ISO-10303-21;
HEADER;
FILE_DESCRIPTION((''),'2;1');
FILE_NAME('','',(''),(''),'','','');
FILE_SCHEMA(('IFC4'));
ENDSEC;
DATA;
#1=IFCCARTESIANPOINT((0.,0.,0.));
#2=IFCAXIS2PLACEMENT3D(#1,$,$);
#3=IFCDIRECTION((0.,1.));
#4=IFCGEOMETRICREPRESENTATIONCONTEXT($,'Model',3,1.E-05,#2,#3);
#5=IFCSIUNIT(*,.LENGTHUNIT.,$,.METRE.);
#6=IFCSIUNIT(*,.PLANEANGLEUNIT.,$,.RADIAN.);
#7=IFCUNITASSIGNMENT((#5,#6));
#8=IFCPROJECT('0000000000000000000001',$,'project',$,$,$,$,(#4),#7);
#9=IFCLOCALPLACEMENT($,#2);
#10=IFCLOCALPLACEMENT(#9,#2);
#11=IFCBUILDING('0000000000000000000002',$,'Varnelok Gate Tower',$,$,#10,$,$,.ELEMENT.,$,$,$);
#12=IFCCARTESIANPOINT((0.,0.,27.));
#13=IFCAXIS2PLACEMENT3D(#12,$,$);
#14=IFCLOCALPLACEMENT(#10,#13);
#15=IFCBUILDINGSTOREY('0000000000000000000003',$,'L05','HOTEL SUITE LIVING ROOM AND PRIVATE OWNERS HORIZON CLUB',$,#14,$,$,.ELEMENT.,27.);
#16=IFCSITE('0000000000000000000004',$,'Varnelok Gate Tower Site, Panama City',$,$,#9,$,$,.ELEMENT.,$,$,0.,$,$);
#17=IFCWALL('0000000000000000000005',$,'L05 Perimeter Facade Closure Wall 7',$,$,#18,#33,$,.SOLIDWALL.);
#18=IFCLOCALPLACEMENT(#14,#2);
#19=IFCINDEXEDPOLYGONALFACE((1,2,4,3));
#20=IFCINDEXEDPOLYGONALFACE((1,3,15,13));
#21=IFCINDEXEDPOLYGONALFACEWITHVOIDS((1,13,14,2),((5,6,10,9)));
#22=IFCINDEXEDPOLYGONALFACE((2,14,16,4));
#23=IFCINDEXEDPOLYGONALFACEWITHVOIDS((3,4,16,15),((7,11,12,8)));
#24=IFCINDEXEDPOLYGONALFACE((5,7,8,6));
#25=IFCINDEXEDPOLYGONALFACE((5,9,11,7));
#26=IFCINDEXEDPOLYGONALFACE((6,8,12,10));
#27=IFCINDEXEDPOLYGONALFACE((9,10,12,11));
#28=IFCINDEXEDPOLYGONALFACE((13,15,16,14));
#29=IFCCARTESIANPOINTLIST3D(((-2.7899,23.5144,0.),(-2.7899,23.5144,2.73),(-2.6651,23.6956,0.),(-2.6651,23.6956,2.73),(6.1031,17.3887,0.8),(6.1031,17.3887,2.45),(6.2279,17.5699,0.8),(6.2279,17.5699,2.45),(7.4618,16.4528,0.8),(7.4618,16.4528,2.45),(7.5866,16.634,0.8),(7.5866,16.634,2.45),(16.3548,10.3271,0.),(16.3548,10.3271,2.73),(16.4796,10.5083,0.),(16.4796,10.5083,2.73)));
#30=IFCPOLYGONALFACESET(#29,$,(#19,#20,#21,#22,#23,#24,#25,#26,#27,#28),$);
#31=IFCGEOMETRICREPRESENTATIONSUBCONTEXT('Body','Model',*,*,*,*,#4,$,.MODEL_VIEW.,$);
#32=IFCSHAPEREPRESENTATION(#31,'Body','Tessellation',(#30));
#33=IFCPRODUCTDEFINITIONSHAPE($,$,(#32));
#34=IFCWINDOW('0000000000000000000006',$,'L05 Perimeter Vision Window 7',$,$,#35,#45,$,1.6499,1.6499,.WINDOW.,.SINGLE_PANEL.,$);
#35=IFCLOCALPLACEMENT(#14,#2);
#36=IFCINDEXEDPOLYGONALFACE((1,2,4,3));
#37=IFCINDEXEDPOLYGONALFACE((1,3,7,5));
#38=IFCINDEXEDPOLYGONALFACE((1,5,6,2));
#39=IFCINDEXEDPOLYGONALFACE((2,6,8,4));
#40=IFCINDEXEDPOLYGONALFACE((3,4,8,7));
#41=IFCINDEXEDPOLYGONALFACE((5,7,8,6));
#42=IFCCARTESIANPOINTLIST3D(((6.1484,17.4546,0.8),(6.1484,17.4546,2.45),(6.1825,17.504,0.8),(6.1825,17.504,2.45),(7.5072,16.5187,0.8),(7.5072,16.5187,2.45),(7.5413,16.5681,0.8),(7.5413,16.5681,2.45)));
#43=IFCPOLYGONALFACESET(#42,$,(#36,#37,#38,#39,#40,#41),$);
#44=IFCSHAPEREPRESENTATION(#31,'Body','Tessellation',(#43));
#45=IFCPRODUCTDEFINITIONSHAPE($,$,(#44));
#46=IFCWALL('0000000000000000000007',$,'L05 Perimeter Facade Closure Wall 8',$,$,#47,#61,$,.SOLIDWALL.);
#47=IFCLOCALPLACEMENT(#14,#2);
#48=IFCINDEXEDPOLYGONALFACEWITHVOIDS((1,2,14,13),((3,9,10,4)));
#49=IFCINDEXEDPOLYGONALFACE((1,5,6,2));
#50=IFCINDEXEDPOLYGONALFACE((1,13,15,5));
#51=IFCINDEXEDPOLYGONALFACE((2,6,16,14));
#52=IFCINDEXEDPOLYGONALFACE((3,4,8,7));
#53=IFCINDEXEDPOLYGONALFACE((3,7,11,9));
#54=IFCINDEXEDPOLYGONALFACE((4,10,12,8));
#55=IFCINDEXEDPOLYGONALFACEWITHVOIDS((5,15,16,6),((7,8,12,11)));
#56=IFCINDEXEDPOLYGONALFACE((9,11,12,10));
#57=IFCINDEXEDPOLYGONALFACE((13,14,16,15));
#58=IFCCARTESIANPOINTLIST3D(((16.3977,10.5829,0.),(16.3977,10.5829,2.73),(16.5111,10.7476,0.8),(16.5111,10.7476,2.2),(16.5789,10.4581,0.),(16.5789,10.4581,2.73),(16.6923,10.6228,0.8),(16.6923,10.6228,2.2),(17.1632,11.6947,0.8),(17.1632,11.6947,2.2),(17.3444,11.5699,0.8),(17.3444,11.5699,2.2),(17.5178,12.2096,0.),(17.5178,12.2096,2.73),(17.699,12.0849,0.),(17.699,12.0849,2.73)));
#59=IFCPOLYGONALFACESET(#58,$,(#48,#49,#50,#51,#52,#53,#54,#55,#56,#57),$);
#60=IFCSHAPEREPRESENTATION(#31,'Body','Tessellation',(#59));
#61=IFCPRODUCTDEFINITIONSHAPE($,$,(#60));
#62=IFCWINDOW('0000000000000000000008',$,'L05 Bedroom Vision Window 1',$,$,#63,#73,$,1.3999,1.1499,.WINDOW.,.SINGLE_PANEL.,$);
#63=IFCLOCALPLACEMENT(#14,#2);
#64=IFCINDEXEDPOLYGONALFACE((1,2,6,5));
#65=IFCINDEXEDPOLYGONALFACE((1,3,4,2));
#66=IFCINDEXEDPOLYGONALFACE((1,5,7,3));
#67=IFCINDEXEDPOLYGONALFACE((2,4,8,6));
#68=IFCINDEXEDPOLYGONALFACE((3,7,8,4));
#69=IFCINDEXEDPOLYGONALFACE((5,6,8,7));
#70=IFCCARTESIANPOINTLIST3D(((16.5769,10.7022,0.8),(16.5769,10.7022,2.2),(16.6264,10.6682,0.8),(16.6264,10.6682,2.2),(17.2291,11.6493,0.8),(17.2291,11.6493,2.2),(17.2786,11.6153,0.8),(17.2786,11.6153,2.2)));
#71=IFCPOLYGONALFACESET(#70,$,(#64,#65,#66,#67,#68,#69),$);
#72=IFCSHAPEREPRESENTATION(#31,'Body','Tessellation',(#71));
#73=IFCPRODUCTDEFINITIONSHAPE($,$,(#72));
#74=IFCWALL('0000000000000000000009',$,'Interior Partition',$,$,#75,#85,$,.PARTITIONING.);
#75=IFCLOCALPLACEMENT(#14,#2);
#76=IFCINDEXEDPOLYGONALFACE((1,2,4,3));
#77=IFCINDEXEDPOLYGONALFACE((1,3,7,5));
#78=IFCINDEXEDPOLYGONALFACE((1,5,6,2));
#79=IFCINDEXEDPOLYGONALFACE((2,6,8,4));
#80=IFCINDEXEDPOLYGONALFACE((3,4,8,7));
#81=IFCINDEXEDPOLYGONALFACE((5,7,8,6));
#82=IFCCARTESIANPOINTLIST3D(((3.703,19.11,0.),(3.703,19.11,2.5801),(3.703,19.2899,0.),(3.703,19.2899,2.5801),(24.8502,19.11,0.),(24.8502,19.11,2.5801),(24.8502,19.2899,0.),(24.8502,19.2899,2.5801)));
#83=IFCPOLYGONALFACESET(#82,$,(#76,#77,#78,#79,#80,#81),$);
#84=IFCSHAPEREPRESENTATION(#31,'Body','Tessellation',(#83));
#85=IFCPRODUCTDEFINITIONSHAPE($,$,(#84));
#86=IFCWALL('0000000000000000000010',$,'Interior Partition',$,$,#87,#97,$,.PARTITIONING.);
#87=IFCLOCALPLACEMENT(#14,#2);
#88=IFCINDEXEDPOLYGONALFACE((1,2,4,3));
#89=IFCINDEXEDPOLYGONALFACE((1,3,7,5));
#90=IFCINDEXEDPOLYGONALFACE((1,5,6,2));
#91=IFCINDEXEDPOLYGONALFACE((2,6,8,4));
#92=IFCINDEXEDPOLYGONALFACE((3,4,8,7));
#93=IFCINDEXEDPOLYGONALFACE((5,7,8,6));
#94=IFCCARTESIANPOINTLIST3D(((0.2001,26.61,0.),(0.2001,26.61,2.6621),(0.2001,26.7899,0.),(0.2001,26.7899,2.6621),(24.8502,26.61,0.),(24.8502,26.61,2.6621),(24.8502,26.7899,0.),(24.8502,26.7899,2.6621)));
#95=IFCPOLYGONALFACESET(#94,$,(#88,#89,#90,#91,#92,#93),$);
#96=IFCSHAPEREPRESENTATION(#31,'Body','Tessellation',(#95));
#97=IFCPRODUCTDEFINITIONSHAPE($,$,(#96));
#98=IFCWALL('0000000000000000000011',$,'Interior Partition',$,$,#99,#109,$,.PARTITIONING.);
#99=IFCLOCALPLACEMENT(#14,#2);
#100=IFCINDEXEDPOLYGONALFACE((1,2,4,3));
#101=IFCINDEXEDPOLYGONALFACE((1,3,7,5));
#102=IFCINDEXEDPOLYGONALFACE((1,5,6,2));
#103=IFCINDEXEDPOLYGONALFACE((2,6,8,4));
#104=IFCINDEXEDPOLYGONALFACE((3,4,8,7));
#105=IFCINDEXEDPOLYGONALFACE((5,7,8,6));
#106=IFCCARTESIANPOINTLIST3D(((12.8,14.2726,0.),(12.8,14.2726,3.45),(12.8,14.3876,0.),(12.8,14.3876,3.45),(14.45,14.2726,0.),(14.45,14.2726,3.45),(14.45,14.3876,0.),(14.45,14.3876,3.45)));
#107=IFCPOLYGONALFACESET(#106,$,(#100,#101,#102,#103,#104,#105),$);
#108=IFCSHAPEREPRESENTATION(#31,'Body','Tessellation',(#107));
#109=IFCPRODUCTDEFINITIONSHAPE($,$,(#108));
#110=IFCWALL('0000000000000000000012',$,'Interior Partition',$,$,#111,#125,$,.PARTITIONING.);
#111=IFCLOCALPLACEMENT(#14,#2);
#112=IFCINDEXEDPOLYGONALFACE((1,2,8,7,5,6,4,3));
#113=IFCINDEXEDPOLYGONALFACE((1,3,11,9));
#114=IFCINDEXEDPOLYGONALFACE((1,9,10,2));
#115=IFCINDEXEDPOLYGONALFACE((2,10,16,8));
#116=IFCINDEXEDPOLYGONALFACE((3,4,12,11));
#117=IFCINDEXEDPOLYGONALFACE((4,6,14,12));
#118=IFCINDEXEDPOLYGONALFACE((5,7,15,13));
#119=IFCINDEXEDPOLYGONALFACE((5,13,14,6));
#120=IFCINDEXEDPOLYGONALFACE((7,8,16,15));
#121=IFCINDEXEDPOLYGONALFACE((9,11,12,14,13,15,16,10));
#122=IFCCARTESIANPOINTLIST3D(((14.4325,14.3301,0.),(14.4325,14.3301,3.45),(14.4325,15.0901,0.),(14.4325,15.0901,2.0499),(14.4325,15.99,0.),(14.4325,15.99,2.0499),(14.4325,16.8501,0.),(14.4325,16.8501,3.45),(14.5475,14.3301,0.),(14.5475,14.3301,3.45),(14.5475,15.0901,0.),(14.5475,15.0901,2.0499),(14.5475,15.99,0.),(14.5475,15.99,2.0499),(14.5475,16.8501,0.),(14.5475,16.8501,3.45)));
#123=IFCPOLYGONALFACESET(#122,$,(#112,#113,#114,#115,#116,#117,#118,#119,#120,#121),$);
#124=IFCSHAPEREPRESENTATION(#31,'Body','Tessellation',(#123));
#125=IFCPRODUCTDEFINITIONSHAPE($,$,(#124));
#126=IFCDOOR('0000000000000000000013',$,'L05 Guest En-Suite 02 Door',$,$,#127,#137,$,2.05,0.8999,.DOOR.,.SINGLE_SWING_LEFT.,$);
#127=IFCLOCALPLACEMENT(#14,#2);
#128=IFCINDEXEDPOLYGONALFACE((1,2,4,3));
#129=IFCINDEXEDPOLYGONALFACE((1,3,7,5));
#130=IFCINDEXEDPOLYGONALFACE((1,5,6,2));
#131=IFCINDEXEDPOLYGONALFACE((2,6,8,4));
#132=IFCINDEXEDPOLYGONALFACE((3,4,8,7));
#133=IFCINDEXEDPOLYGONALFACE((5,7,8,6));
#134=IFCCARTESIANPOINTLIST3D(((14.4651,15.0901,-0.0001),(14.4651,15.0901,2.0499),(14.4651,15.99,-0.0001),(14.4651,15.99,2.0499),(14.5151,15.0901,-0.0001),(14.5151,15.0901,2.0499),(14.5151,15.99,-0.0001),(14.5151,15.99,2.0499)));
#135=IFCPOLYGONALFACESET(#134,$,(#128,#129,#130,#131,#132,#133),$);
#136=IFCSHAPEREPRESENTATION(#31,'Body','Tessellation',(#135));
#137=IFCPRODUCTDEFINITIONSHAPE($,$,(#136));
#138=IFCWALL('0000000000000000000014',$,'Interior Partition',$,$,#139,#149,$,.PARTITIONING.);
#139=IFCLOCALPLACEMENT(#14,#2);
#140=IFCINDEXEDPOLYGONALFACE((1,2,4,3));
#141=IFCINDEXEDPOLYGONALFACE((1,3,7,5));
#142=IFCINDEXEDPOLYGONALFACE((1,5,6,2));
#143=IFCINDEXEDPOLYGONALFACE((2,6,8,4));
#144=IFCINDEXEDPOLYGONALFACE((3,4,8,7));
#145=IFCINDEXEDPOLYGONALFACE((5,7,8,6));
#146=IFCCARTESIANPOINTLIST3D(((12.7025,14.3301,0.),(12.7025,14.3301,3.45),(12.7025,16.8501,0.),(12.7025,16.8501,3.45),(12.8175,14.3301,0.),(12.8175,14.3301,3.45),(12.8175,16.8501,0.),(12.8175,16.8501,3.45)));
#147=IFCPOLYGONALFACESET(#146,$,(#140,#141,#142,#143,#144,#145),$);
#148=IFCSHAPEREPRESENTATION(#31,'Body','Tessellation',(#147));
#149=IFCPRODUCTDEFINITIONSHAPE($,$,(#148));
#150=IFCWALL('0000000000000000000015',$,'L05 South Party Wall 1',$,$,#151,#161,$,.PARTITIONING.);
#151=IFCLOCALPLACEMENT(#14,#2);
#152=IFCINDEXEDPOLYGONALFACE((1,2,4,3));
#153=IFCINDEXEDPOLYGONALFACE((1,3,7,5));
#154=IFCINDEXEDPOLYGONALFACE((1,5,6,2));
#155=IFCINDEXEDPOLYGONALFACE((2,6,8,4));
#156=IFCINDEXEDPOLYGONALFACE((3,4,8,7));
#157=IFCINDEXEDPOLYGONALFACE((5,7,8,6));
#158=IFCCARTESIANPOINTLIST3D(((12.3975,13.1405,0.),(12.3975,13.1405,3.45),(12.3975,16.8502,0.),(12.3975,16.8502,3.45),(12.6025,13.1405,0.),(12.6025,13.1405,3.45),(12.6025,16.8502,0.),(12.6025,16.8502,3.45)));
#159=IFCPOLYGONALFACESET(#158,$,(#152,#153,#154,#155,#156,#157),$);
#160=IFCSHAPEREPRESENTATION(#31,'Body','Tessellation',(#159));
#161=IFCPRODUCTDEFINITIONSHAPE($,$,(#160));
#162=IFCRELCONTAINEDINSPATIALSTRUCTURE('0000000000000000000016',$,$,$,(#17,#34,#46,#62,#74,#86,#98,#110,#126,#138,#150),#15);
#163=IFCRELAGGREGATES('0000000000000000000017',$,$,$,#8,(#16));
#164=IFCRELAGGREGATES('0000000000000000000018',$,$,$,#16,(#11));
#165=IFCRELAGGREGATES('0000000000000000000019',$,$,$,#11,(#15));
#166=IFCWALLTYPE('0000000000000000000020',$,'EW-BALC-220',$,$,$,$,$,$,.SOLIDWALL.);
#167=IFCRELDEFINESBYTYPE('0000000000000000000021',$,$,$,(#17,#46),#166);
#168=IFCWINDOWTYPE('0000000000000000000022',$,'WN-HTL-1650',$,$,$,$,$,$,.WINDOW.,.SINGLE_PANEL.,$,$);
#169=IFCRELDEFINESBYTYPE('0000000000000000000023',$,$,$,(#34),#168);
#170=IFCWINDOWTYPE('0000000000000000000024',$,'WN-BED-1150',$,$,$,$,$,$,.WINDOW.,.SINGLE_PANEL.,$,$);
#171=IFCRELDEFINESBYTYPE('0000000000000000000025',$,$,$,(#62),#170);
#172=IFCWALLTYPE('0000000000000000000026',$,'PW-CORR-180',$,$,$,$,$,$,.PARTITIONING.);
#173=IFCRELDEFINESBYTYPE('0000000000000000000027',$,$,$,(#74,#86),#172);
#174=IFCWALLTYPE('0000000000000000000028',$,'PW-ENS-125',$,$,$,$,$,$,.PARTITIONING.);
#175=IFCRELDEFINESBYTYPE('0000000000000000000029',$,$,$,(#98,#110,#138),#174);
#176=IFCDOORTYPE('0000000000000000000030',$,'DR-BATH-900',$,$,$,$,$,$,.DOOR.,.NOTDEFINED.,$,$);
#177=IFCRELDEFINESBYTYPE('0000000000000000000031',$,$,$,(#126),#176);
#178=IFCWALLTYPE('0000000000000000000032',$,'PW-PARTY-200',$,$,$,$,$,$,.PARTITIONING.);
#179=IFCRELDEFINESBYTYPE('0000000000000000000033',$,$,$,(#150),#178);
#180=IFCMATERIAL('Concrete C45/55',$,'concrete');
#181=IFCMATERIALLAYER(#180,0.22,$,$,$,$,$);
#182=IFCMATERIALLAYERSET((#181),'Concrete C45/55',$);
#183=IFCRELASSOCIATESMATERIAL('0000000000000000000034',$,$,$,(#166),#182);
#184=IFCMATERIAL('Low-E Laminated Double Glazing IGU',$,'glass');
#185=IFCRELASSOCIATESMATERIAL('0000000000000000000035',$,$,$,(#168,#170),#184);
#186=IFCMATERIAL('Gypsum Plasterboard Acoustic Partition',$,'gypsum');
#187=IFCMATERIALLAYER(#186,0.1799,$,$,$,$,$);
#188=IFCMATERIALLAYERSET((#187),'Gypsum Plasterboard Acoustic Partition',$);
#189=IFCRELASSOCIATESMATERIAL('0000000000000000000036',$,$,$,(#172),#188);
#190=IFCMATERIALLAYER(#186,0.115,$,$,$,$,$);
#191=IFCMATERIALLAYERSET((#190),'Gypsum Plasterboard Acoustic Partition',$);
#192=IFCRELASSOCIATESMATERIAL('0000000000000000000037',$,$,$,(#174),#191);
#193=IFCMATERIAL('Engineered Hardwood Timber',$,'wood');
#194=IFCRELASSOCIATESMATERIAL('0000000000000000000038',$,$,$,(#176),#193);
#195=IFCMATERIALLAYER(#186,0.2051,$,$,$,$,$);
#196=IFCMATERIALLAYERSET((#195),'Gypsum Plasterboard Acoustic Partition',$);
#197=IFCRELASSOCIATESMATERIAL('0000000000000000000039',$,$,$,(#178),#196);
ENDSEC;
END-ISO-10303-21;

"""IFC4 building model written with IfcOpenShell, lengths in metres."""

from ifc_helpers import new_model, si_unit, direction, frame, frame_2d, origin, place, context, subcontext, project, spatial, rectangle, extrude, material, layer, layer_set, type_object, element, fill, save


model = new_model("IFC4")

# Units and contexts
model_context = context("Model", 3, precision=1e-05, world=origin(), true_north=direction((0.0, 1.0)))
body_context = subcontext(model_context, "Body", "Model", "MODEL_VIEW")
ifc_project = project(units=[si_unit("LENGTHUNIT", "METRE"), si_unit("PLANEANGLEUNIT", "RADIAN")], contexts=[model_context])

# Site, building, storey
site_placement = place(None, origin())
site = spatial("IfcSite", under=ifc_project, at=site_placement, Name="Varnelok Gate Tower Site, Panama City", CompositionType="ELEMENT", RefElevation=0.0)
building_placement = place(site_placement, origin())
building = spatial("IfcBuilding", under=site, at=building_placement, Name="Varnelok Gate Tower", CompositionType="ELEMENT")
storey_placement = place(building_placement, frame((0.0, 0.0, 27.0)))
storey = spatial("IfcBuildingStorey", under=building, at=storey_placement, Name="L05", Description="HOTEL SUITE LIVING ROOM AND PRIVATE OWNERS HORIZON CLUB", CompositionType="ELEMENT", Elevation=27.0)

# Shared definitions
ifc_material_1 = material(Name="Concrete C45/55", Category="concrete")

# Shared definitions
ifc_layer_1 = layer(ifc_material_1, 0.22)
ifc_layer_set_1 = layer_set([ifc_layer_1], Name="Concrete C45/55")
wall_type_1 = type_object("IfcWallType", Name="EW-BALC-220", PredefinedType="SOLIDWALL", material=ifc_layer_set_1)

# Walls, openings, windows
wall_1_placement = place(storey_placement, frame((-2.7275, 23.605, 0.0), z_axis=(0.0, 0.0, 1.0), x_axis=(0.823535, -0.567265, 0.0)))
wall_1 = element("IfcWall", 1, at=wall_1_placement, inside=storey, type_object=wall_type_1, Name="L05 Perimeter Facade Closure Wall 7", PredefinedType="SOLIDWALL", context=body_context, shape_type="SweptSolid", body=[
    extrude(rectangle(XDim=23.2471, YDim=0.22, at=frame_2d((11.6235, 0.0))), origin(), (0.0, 0.0, 1.0), 2.73),
])
opening_1_placement = place(wall_1_placement, frame((10.7986, 0.0, 0.8)))
opening_1 = element("IfcOpeningElement", 2, at=opening_1_placement, cuts=wall_1, PredefinedType="OPENING", context=body_context, shape_type="SweptSolid", body=[
    extrude(rectangle(XDim=1.6499, YDim=1.6499, at=frame_2d((0.825, 0.825))), frame((0.0, 0.1199, 0.0), z_axis=(0.0, -1.0, 0.0), x_axis=(1.0, 0.0, 0.0)), (0.0, 0.0, 1.0), 0.24),
])
ifc_material_2 = material(Name="Low-E Laminated Double Glazing IGU", Category="glass")
window_type_1 = type_object("IfcWindowType", Name="WN-HTL-1650", PartitioningType="SINGLE_PANEL", PredefinedType="WINDOW", material=ifc_material_2)
window_1_placement = place(opening_1_placement, origin())
window_1 = element("IfcWindow", 3, at=window_1_placement, inside=storey, type_object=window_type_1, Name="L05 Perimeter Vision Window 7", OverallHeight=1.6499, OverallWidth=1.6499, PartitioningType="SINGLE_PANEL", PredefinedType="WINDOW", context=body_context, shape_type="SweptSolid", body=[
    extrude(rectangle(XDim=1.6499, YDim=1.6499, at=frame_2d((0.825, 0.825))), frame((0.0, 0.03, 0.0), z_axis=(0.0, -1.0, 0.0), x_axis=(1.0, 0.0, 0.0)), (0.0, 0.0, 1.0), 0.0601),
])
fill(opening_1, window_1)
wall_2_placement = place(storey_placement, frame((16.4883, 10.5205, 0.0), z_axis=(0.0, 0.0, 1.0), x_axis=(0.567132, 0.823627, 0.0)))
wall_2 = element("IfcWall", 4, at=wall_2_placement, inside=storey, type_object=wall_type_1, Name="L05 Perimeter Facade Closure Wall 8", PredefinedType="SOLIDWALL", context=body_context, shape_type="SweptSolid", body=[
    extrude(rectangle(XDim=1.9751, YDim=0.22, at=frame_2d((0.9875, 0.0))), origin(), (0.0, 0.0, 1.0), 2.73),
])
opening_2_placement = place(wall_2_placement, frame((0.2, 0.0, 0.8)))
opening_2 = element("IfcOpeningElement", 5, at=opening_2_placement, cuts=wall_2, PredefinedType="OPENING", context=body_context, shape_type="SweptSolid", body=[
    extrude(rectangle(XDim=1.1499, YDim=1.3999, at=frame_2d((0.575, 0.7))), frame((0.0, 0.1199, 0.0), z_axis=(0.0, -1.0, 0.0), x_axis=(1.0, 0.0, 0.0)), (0.0, 0.0, 1.0), 0.24),
])
window_type_2 = type_object("IfcWindowType", Name="WN-BED-1150", PartitioningType="SINGLE_PANEL", PredefinedType="WINDOW", material=ifc_material_2)
window_2_placement = place(opening_2_placement, origin())
window_2 = element("IfcWindow", 6, at=window_2_placement, inside=storey, type_object=window_type_2, Name="L05 Bedroom Vision Window 1", OverallHeight=1.3999, OverallWidth=1.1499, PartitioningType="SINGLE_PANEL", PredefinedType="WINDOW", context=body_context, shape_type="SweptSolid", body=[
    extrude(rectangle(XDim=1.1499, YDim=1.3999, at=frame_2d((0.575, 0.7))), frame((0.0, 0.03, 0.0), z_axis=(0.0, -1.0, 0.0), x_axis=(1.0, 0.0, 0.0)), (0.0, 0.0, 1.0), 0.0601),
])
fill(opening_2, window_2)

# Shared definitions
ifc_material_3 = material(Name="Gypsum Plasterboard Acoustic Partition", Category="gypsum")
ifc_layer_2 = layer(ifc_material_3, 0.1799)
ifc_layer_set_2 = layer_set([ifc_layer_2], Name="Gypsum Plasterboard Acoustic Partition")
wall_type_2 = type_object("IfcWallType", Name="PW-CORR-180", PredefinedType="PARTITIONING", material=ifc_layer_set_2)
ifc_material_4 = material(Name="Engineered Hardwood Timber", Category="wood")

# Walls
wall_3_placement = place(storey_placement, frame((3.7029, 19.2, 0.0), z_axis=(0.0, 0.0, 1.0), x_axis=(1.0, 0.0, 0.0)))
element("IfcWall", 7, at=wall_3_placement, inside=storey, type_object=wall_type_2, Name="Interior Partition", PredefinedType="PARTITIONING", context=body_context, shape_type="SweptSolid", body=[
    extrude(rectangle(XDim=21.1472, YDim=0.1799, at=frame_2d((10.5737, 0.0))), origin(), (0.0, 0.0, 1.0), 2.5801),
])
wall_4_placement = place(storey_placement, frame((0.2, 26.7, 0.0), z_axis=(0.0, 0.0, 1.0), x_axis=(1.0, 0.0, 0.0)))
element("IfcWall", 8, at=wall_4_placement, inside=storey, type_object=wall_type_2, Name="Interior Partition", PredefinedType="PARTITIONING", context=body_context, shape_type="SweptSolid", body=[
    extrude(rectangle(XDim=24.6501, YDim=0.1799, at=frame_2d((12.3252, 0.0))), origin(), (0.0, 0.0, 1.0), 2.6621),
])
ifc_layer_3 = layer(ifc_material_3, 0.115)
ifc_layer_set_3 = layer_set([ifc_layer_3], Name="Gypsum Plasterboard Acoustic Partition")
wall_type_3 = type_object("IfcWallType", Name="PW-ENS-125", PredefinedType="PARTITIONING", material=ifc_layer_set_3)
wall_5_placement = place(storey_placement, frame((12.8, 14.3301, 0.0), z_axis=(0.0, 0.0, 1.0), x_axis=(1.0, 0.0, 0.0)))
element("IfcWall", 9, at=wall_5_placement, inside=storey, type_object=wall_type_3, Name="Interior Partition", PredefinedType="PARTITIONING", context=body_context, shape_type="SweptSolid", body=[
    extrude(rectangle(XDim=1.6499, YDim=0.115, at=frame_2d((0.825, 0.0))), origin(), (0.0, 0.0, 1.0), 3.45),
])

# Wall, opening, door
wall_6_placement = place(storey_placement, frame((14.49, 14.3301, 0.0), z_axis=(0.0, 0.0, 1.0), x_axis=(0.0, 1.0, 0.0)))
wall_6 = element("IfcWall", 10, at=wall_6_placement, inside=storey, type_object=wall_type_3, Name="Interior Partition", PredefinedType="PARTITIONING", context=body_context, shape_type="SweptSolid", body=[
    extrude(rectangle(XDim=2.52, YDim=0.115, at=frame_2d((1.26, 0.0))), origin(), (0.0, 0.0, 1.0), 3.45),
])
opening_3_placement = place(wall_6_placement, frame((0.76, 0.0, 0.0)))
opening_3 = element("IfcOpeningElement", 11, at=opening_3_placement, cuts=wall_6, PredefinedType="OPENING", context=body_context, shape_type="SweptSolid", body=[
    extrude(rectangle(XDim=0.8999, YDim=2.05, at=frame_2d((0.45, 1.0249))), frame((0.0, 0.0674, 0.0), z_axis=(0.0, -1.0, 0.0), x_axis=(1.0, 0.0, 0.0)), (0.0, 0.0, 1.0), 0.135),
])
door_type_1 = type_object("IfcDoorType", Name="DR-BATH-900", OperationType="NOTDEFINED", PredefinedType="DOOR", material=ifc_material_4)
door_1_placement = place(opening_3_placement, origin())
door_1 = element("IfcDoor", 12, at=door_1_placement, inside=storey, type_object=door_type_1, Name="L05 Guest En-Suite 02 Door", OperationType="SINGLE_SWING_LEFT", OverallHeight=2.05, OverallWidth=0.8999, PredefinedType="DOOR", context=body_context, shape_type="SweptSolid", body=[
    extrude(rectangle(XDim=0.8999, YDim=2.05, at=frame_2d((0.45, 1.0249))), frame((0.0, 0.0249, 0.0), z_axis=(0.0, -1.0, 0.0), x_axis=(1.0, 0.0, 0.0)), (0.0, 0.0, 1.0), 0.05),
])
fill(opening_3, door_1)

# Walls
wall_7_placement = place(storey_placement, frame((12.76, 14.3301, 0.0), z_axis=(0.0, 0.0, 1.0), x_axis=(0.0, 1.0, 0.0)))
element("IfcWall", 13, at=wall_7_placement, inside=storey, type_object=wall_type_3, Name="Interior Partition", PredefinedType="PARTITIONING", context=body_context, shape_type="SweptSolid", body=[
    extrude(rectangle(XDim=2.52, YDim=0.115, at=frame_2d((1.26, 0.0))), origin(), (0.0, 0.0, 1.0), 3.45),
])
ifc_layer_4 = layer(ifc_material_3, 0.2051)
ifc_layer_set_4 = layer_set([ifc_layer_4], Name="Gypsum Plasterboard Acoustic Partition")
wall_type_4 = type_object("IfcWallType", Name="PW-PARTY-200", PredefinedType="PARTITIONING", material=ifc_layer_set_4)
wall_8_placement = place(storey_placement, frame((12.5, 13.1404, 0.0), z_axis=(0.0, 0.0, 1.0), x_axis=(0.0, 1.0, 0.0)))
element("IfcWall", 14, at=wall_8_placement, inside=storey, type_object=wall_type_4, Name="L05 South Party Wall 1", PredefinedType="PARTITIONING", context=body_context, shape_type="SweptSolid", body=[
    extrude(rectangle(XDim=3.7097, YDim=0.2051, at=frame_2d((1.855, 0.0))), origin(), (0.0, 0.0, 1.0), 3.45),
])

save(model, "model.ifc")
